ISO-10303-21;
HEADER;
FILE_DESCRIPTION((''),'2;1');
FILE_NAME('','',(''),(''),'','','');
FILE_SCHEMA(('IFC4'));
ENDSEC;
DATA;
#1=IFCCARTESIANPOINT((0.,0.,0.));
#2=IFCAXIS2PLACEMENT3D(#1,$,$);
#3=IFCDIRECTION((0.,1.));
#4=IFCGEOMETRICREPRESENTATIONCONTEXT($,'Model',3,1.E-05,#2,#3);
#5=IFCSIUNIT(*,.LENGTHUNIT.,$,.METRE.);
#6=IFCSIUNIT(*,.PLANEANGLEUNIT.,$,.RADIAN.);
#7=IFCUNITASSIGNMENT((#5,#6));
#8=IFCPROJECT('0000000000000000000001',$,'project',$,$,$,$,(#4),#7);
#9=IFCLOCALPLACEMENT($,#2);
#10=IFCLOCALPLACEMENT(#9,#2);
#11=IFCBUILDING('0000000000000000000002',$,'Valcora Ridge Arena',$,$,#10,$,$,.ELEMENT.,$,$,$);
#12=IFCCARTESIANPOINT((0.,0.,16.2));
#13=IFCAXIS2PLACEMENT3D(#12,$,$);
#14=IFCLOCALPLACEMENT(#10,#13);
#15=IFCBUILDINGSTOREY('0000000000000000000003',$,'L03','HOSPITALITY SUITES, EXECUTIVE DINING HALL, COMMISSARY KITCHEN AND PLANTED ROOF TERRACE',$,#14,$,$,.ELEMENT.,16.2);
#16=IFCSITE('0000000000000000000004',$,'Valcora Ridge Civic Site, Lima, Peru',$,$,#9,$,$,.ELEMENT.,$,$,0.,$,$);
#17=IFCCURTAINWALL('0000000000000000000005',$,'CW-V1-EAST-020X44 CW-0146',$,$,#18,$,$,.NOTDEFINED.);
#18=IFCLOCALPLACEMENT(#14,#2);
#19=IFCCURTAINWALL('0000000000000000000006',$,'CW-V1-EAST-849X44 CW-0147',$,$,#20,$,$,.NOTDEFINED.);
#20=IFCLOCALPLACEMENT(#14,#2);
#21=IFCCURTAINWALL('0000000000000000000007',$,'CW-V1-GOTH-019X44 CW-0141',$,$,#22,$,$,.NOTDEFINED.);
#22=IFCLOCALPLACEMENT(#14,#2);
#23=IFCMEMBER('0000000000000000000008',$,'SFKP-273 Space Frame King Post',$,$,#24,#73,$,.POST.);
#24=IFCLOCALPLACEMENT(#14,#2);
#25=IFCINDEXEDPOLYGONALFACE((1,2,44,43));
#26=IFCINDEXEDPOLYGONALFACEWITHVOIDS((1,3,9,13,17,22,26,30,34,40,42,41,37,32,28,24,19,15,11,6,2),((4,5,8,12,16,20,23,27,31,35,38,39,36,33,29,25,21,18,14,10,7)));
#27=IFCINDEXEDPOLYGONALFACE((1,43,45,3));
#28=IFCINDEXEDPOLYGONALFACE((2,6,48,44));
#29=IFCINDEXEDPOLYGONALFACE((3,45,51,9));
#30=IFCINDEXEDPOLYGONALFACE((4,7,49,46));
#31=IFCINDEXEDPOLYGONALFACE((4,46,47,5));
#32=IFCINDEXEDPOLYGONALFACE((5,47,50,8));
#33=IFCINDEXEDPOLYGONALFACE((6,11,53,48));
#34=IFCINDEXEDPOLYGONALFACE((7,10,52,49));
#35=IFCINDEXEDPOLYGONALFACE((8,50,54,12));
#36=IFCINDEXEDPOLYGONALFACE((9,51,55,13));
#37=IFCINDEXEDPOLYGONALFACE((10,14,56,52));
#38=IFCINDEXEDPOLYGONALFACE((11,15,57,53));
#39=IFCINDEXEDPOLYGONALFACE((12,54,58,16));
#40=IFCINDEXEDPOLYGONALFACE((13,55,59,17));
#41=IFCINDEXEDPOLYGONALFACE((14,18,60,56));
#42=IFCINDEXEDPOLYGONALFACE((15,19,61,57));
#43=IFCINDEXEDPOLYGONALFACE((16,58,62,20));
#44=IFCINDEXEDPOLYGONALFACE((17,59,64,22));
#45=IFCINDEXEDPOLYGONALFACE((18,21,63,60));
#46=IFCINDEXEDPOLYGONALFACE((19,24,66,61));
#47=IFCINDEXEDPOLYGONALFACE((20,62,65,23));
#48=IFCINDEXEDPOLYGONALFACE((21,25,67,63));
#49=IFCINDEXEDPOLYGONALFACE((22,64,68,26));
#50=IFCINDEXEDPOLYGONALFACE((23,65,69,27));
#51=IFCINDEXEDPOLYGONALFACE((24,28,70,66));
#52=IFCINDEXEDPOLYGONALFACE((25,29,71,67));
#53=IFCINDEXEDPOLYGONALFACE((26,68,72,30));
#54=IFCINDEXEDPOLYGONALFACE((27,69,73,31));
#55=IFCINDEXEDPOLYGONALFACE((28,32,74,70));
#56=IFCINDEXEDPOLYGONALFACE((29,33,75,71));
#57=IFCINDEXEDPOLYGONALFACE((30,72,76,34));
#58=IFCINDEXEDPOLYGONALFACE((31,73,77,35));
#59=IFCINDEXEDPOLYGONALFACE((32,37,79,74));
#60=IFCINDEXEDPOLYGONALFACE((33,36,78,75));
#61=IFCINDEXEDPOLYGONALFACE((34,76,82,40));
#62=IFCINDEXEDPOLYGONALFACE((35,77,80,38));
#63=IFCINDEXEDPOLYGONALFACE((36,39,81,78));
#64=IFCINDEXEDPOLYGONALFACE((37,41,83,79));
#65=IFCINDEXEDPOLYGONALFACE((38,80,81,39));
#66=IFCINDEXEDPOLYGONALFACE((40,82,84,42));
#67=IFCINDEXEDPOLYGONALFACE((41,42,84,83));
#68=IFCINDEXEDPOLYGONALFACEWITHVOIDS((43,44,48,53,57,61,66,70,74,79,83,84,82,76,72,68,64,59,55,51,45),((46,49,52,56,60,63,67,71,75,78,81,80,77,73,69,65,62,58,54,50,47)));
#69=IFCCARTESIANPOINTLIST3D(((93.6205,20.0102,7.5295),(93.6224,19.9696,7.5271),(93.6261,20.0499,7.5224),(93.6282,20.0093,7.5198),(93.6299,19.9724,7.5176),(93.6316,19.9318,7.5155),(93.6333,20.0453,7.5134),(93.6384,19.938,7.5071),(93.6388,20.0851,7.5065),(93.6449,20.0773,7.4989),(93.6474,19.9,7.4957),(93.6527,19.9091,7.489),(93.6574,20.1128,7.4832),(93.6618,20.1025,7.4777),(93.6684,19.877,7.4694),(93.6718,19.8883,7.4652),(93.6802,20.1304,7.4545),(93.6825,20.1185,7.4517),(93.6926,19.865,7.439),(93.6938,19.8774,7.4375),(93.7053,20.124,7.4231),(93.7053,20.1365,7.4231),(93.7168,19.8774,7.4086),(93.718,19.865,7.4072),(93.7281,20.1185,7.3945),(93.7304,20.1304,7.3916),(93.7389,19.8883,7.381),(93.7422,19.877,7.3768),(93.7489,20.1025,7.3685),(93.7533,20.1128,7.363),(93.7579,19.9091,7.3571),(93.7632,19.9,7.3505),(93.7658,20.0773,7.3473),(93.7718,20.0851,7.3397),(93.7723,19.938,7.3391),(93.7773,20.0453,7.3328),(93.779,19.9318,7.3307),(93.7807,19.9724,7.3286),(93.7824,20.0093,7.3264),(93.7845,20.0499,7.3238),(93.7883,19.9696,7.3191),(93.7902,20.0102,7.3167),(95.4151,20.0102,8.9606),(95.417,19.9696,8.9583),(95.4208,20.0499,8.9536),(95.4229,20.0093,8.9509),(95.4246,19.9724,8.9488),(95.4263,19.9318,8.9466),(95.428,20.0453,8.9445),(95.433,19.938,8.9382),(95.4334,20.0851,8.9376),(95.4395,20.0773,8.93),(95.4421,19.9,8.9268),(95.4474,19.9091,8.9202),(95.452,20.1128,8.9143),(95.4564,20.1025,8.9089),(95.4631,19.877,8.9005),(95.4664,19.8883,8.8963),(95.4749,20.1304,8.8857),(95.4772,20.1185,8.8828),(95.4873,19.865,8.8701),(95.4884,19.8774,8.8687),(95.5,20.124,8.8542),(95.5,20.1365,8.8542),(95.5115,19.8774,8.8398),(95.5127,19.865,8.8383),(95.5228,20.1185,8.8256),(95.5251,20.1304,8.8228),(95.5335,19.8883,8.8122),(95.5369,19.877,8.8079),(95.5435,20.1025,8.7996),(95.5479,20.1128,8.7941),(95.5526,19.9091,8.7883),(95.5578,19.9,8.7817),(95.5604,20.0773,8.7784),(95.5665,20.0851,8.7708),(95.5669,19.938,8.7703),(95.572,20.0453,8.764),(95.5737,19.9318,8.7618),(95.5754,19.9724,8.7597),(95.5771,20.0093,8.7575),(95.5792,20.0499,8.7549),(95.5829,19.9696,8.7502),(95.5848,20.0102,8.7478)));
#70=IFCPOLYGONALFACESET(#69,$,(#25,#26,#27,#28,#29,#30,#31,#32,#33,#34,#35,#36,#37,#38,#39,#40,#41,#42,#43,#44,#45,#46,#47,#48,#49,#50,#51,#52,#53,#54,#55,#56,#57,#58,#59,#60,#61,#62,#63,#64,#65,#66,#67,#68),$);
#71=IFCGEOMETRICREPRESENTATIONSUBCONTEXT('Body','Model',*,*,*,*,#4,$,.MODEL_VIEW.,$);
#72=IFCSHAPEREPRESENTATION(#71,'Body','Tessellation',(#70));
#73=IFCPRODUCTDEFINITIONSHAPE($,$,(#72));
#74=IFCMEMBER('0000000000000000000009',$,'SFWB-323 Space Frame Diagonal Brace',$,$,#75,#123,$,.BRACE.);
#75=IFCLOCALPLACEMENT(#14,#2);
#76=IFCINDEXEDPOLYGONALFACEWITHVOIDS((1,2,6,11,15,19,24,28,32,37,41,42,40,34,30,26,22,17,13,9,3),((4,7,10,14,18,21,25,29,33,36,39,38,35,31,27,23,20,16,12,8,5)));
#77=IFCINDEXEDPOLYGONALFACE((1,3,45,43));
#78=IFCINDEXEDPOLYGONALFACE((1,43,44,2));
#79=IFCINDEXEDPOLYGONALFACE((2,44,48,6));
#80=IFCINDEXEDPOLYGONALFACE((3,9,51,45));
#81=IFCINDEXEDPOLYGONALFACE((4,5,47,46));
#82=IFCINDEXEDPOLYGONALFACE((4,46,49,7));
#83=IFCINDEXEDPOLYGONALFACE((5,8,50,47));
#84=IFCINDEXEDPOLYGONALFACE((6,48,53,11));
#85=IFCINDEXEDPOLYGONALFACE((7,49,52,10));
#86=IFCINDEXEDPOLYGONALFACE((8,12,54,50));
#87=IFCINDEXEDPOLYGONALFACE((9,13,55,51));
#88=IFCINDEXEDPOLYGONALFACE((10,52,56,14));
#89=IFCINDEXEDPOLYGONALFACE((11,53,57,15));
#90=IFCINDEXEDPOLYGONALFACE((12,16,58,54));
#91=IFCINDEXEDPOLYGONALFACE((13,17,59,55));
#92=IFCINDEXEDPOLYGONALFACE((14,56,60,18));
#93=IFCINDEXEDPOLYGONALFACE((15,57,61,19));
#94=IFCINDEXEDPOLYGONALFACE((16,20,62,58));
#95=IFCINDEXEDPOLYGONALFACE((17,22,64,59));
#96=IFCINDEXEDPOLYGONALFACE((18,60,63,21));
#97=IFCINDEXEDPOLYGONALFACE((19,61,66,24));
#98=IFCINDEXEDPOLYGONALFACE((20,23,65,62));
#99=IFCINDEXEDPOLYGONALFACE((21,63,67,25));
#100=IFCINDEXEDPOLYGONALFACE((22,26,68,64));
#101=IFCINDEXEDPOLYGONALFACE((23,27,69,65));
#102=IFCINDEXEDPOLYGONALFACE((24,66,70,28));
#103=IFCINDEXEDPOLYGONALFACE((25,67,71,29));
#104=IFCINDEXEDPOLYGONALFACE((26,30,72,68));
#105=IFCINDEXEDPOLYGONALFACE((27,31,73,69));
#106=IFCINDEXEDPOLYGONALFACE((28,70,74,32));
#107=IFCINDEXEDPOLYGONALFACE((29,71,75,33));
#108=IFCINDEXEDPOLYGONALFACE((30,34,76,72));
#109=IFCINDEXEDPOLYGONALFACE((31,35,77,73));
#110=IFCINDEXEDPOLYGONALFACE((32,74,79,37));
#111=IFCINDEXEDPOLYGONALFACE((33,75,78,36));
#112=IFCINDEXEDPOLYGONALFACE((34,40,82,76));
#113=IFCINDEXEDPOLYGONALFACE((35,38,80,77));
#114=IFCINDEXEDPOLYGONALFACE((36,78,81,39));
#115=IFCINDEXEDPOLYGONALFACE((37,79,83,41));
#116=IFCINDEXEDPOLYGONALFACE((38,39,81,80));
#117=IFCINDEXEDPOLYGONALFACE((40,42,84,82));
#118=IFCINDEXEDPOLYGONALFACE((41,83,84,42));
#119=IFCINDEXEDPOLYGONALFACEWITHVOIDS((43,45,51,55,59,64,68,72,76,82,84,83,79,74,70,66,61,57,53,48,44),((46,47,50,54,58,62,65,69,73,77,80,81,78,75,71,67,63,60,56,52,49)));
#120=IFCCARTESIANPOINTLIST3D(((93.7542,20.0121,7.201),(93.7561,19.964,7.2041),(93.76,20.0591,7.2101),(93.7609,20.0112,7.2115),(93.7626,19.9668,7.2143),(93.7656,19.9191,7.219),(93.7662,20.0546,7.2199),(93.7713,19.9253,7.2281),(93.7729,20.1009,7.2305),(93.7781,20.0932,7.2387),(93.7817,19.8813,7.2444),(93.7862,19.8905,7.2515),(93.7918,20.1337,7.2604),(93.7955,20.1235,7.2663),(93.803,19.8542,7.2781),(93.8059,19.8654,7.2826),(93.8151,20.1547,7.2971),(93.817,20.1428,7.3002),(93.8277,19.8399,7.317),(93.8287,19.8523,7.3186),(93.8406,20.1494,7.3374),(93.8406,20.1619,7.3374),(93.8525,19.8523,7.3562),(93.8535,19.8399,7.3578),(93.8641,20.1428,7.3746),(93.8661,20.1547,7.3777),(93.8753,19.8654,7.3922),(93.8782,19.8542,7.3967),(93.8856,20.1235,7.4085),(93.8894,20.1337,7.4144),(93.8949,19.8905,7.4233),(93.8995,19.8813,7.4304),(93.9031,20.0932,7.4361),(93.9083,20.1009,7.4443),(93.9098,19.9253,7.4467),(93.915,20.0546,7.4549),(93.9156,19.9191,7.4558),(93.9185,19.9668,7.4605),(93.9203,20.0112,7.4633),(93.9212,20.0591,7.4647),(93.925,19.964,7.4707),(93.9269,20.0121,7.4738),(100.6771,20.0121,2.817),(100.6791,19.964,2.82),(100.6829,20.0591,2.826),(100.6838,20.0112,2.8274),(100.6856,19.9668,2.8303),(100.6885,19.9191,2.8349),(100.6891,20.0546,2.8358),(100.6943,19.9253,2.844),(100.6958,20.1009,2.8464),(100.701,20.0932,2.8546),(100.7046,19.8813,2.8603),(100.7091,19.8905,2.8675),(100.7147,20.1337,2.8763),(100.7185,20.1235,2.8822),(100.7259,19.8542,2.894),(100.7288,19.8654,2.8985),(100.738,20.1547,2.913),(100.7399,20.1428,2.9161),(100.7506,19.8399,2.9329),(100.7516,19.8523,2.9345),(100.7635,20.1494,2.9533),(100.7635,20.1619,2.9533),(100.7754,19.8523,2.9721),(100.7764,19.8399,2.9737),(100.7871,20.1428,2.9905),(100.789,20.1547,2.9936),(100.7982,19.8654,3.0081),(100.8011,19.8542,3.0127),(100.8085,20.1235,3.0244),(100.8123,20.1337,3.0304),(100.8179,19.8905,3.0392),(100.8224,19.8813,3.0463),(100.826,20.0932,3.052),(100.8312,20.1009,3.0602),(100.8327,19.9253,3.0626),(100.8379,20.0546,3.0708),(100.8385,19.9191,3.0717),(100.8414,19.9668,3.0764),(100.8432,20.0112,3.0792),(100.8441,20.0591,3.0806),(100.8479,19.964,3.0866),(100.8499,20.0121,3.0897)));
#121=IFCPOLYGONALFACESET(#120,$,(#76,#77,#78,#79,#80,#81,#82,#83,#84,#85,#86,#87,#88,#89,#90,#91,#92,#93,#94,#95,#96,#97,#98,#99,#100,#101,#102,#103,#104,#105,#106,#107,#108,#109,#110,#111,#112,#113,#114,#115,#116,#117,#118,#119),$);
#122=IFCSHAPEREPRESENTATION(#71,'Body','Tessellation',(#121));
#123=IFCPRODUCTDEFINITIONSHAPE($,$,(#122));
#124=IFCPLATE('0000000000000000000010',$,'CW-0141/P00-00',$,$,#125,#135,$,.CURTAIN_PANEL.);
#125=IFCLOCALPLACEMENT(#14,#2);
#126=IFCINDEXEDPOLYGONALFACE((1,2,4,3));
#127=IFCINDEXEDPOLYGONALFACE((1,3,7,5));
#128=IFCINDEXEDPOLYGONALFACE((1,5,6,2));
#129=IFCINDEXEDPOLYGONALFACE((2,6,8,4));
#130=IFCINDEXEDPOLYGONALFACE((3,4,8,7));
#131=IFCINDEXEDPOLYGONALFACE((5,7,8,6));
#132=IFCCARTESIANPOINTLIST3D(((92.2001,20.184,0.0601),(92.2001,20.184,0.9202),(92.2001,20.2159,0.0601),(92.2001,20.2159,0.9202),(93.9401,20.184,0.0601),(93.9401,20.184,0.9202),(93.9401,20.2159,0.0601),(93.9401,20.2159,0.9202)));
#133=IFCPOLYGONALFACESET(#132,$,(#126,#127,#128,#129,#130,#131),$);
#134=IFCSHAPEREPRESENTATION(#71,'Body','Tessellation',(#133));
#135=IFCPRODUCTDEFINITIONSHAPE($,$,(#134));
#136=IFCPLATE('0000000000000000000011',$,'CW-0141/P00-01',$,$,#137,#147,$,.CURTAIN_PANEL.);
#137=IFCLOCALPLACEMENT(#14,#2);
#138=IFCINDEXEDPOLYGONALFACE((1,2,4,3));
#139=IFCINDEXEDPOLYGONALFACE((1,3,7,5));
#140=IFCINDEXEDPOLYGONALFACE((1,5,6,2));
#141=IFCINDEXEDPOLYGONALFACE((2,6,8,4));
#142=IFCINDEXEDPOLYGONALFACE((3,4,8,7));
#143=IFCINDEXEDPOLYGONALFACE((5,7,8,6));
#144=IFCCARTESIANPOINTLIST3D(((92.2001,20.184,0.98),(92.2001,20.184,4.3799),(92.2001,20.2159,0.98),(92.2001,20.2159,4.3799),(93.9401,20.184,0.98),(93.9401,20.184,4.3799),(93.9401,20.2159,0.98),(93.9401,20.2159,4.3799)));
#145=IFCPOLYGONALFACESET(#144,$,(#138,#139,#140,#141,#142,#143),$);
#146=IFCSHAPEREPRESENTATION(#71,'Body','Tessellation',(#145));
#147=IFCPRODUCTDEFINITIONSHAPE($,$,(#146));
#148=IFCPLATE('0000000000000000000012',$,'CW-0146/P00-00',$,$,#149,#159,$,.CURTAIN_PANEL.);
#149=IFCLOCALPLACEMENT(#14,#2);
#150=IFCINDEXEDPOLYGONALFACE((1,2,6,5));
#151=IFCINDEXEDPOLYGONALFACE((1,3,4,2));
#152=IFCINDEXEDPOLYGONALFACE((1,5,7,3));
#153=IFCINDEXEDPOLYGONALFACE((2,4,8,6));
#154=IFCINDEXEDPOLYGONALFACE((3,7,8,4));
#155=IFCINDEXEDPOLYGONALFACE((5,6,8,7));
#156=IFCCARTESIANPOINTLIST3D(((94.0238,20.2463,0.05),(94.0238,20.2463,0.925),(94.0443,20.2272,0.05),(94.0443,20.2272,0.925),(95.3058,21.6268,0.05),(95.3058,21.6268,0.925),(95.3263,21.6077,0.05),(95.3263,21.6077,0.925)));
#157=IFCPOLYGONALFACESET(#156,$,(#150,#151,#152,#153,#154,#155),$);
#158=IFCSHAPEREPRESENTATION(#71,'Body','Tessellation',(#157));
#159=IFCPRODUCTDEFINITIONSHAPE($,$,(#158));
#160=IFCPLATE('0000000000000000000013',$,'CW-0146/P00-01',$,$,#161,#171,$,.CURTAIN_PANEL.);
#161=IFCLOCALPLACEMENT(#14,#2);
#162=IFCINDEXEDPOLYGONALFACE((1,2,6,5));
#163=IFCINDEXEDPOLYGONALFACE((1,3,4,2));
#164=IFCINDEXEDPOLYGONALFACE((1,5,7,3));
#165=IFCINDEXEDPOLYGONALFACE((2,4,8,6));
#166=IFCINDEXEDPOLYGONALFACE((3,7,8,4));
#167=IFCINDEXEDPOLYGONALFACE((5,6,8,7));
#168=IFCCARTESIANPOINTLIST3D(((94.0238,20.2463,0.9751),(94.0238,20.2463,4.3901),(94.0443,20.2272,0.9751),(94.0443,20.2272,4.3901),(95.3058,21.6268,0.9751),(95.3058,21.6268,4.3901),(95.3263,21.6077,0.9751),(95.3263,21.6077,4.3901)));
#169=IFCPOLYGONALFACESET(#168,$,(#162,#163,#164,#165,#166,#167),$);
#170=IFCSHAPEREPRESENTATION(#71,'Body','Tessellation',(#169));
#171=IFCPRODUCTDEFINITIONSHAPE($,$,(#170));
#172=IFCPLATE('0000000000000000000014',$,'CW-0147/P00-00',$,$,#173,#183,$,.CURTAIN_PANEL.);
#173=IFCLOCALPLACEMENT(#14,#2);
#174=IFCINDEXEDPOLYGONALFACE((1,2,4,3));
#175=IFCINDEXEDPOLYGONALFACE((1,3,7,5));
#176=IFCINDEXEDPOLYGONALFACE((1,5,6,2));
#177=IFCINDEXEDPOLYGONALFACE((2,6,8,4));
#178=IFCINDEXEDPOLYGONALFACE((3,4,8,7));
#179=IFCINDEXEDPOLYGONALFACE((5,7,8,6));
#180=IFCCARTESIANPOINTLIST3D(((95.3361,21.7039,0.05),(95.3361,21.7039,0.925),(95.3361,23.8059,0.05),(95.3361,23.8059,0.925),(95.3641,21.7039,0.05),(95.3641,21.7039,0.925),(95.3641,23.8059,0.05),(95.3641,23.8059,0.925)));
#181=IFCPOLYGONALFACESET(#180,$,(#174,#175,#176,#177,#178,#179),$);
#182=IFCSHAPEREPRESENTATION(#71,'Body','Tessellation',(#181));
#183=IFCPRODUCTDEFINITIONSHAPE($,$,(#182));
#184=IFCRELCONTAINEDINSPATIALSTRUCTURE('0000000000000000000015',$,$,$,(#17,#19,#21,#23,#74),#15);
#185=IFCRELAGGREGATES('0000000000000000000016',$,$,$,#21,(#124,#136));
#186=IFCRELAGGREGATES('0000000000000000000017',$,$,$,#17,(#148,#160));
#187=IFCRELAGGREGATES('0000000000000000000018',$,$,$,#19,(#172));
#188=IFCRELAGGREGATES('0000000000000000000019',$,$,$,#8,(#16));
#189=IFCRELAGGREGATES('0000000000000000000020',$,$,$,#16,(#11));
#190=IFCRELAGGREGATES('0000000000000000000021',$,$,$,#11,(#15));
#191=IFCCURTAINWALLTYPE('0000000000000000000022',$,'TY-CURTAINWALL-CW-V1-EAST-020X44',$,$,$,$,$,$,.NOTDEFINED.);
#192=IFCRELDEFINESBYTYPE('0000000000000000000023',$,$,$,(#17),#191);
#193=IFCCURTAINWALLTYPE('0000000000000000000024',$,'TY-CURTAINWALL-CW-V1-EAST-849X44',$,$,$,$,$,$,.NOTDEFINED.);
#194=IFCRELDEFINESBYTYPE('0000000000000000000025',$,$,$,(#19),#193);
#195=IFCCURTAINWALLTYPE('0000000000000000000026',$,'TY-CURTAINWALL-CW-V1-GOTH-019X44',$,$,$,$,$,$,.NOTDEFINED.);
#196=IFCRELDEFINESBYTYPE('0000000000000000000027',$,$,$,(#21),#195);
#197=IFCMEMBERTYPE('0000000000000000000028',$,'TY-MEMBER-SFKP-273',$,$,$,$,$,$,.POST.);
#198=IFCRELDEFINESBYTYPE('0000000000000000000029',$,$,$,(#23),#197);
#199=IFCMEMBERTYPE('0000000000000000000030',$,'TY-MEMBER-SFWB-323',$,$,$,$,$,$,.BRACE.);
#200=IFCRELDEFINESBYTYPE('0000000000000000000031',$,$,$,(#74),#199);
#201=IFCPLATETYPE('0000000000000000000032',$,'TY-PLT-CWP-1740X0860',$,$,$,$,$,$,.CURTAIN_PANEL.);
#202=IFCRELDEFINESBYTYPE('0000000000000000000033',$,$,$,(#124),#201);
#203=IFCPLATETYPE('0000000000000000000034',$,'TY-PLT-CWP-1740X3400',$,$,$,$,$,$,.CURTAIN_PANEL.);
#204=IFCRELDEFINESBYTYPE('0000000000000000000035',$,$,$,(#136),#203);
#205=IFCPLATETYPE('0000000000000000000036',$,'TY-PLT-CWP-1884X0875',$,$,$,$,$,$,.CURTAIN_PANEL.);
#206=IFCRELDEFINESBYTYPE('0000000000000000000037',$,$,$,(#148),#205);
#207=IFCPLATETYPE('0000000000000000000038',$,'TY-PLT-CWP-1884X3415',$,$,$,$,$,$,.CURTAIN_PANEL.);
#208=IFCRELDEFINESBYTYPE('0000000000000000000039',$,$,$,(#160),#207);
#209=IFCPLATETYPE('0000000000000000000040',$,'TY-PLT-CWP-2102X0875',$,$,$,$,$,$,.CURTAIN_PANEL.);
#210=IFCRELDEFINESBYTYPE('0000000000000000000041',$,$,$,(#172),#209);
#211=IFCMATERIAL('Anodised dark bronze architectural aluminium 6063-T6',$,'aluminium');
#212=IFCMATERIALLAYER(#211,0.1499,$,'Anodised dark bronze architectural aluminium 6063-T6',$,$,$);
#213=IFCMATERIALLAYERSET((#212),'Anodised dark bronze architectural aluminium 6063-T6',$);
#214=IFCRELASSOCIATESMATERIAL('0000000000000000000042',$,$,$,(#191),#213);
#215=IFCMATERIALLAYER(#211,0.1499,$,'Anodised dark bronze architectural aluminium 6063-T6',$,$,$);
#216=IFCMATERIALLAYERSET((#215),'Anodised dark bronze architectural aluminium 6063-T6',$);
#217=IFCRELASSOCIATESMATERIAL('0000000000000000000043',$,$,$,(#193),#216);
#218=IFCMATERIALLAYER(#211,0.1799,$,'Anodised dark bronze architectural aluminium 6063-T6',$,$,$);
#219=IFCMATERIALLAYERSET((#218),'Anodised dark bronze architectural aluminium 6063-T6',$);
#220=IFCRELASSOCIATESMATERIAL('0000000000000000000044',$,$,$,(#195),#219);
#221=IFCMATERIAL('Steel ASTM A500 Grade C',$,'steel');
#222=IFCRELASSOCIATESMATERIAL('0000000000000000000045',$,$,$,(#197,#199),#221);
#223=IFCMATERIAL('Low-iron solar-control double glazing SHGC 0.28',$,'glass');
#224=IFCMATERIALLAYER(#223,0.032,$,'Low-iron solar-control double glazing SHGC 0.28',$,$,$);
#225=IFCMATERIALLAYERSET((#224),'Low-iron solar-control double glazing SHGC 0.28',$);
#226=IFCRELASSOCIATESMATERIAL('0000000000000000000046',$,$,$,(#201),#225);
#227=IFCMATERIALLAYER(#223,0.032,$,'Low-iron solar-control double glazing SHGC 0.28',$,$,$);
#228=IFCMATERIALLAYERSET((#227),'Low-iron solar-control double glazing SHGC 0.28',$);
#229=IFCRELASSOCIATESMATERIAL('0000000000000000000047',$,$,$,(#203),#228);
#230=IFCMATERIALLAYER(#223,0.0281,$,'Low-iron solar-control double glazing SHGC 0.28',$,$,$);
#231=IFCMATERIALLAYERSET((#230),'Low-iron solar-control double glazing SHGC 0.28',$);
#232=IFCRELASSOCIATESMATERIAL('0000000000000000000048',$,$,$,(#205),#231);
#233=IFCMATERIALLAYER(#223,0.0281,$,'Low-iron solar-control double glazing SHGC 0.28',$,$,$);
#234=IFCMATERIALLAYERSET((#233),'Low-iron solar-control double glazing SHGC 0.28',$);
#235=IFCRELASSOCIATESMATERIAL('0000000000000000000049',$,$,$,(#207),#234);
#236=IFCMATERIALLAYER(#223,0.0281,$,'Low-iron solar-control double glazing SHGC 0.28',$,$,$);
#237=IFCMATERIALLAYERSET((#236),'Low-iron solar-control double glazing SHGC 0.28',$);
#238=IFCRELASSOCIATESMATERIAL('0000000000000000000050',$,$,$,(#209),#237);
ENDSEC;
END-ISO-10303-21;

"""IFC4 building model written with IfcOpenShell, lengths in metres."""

from ifc_helpers import new_model, si_unit, direction, frame, origin, origin_2d, place, context, subcontext, project, spatial, rectangle, hollow_circle, extrude, material, layer, layer_set, material_profile, profile_set, type_object, element, aggregate, save


model = new_model("IFC4")

# Units and contexts
model_context = context("Model", 3, precision=1e-05, world=origin(), true_north=direction((0.0, 1.0)))
body_context = subcontext(model_context, "Body", "Model", "MODEL_VIEW")
ifc_project = project(units=[si_unit("LENGTHUNIT", "METRE"), si_unit("PLANEANGLEUNIT", "RADIAN")], contexts=[model_context])

# Site, building, storey
site_placement = place(None, origin())
site = spatial("IfcSite", under=ifc_project, at=site_placement, Name="Valcora Ridge Civic Site, Lima, Peru", CompositionType="ELEMENT", RefElevation=0.0)
building_placement = place(site_placement, origin())
building = spatial("IfcBuilding", under=site, at=building_placement, Name="Valcora Ridge Arena", CompositionType="ELEMENT")
storey_placement = place(building_placement, frame((0.0, 0.0, 16.2)))
storey = spatial("IfcBuildingStorey", under=building, at=storey_placement, Name="L03", Description="HOSPITALITY SUITES, EXECUTIVE DINING HALL, COMMISSARY KITCHEN AND PLANTED ROOF TERRACE", CompositionType="ELEMENT", Elevation=16.2)

# Curtain walls
ifc_material_1 = material(Name="Anodised dark bronze architectural aluminium 6063-T6", Category="aluminium")
ifc_layer_1 = layer(ifc_material_1, 0.1499, Name="Anodised dark bronze architectural aluminium 6063-T6")
ifc_layer_set_1 = layer_set([ifc_layer_1], Name="Anodised dark bronze architectural aluminium 6063-T6")
curtain_wall_type_1 = type_object("IfcCurtainWallType", Name="TY-CURTAINWALL-CW-V1-EAST-020X44", PredefinedType="NOTDEFINED", material=ifc_layer_set_1)
curtain_wall_1_placement = place(storey_placement, origin())
curtain_wall_1 = element("IfcCurtainWall", 1, at=curtain_wall_1_placement, inside=storey, type_object=curtain_wall_type_1, Name="CW-V1-EAST-020X44 CW-0146", PredefinedType="NOTDEFINED")
ifc_layer_2 = layer(ifc_material_1, 0.1499, Name="Anodised dark bronze architectural aluminium 6063-T6")
ifc_layer_set_2 = layer_set([ifc_layer_2], Name="Anodised dark bronze architectural aluminium 6063-T6")
curtain_wall_type_2 = type_object("IfcCurtainWallType", Name="TY-CURTAINWALL-CW-V1-EAST-849X44", PredefinedType="NOTDEFINED", material=ifc_layer_set_2)
curtain_wall_2_placement = place(storey_placement, origin())
curtain_wall_2 = element("IfcCurtainWall", 2, at=curtain_wall_2_placement, inside=storey, type_object=curtain_wall_type_2, Name="CW-V1-EAST-849X44 CW-0147", PredefinedType="NOTDEFINED")

# Curtain wall
ifc_layer_3 = layer(ifc_material_1, 0.1799, Name="Anodised dark bronze architectural aluminium 6063-T6")
ifc_layer_set_3 = layer_set([ifc_layer_3], Name="Anodised dark bronze architectural aluminium 6063-T6")
curtain_wall_type_3 = type_object("IfcCurtainWallType", Name="TY-CURTAINWALL-CW-V1-GOTH-019X44", PredefinedType="NOTDEFINED", material=ifc_layer_set_3)
curtain_wall_3_placement = place(storey_placement, origin())
curtain_wall_3 = element("IfcCurtainWall", 3, at=curtain_wall_3_placement, inside=storey, type_object=curtain_wall_type_3, Name="CW-V1-GOTH-019X44 CW-0141", PredefinedType="NOTDEFINED")

# Members
ifc_material_2 = material(Name="Steel ASTM A500 Grade C", Category="steel")
ifc_material_profile_1 = material_profile(ifc_material_2, hollow_circle(Radius=0.1365, WallThickness=0.0125, at=origin_2d()), Name="CHS273X12")
ifc_profile_set_1 = profile_set([ifc_material_profile_1], Name="Steel ASTM A500 Grade C")
member_type_1 = type_object("IfcMemberType", Name="TY-MEMBER-SFKP-273", PredefinedType="POST", material=ifc_profile_set_1)
member_1_placement = place(storey_placement, frame((93.7053, 20.0, 7.4231), z_axis=(0.781843, 0.0, 0.623475), x_axis=(0.0, 1.0, 0.0)))
element("IfcMember", 4, at=member_1_placement, inside=storey, type_object=member_type_1, Name="SFKP-273 Space Frame King Post", PredefinedType="POST", context=body_context, shape_type="SweptSolid", body=[
    extrude(hollow_circle(Radius=0.1365, WallThickness=0.0125, at=origin_2d()), origin(), (0.0, 0.0, 1.0), 2.2954),
])
ifc_material_profile_2 = material_profile(ifc_material_2, hollow_circle(Radius=0.1619, WallThickness=0.0125, at=origin_2d()), Name="CHS323X12")
ifc_profile_set_2 = profile_set([ifc_material_profile_2], Name="Steel ASTM A500 Grade C")
member_type_2 = type_object("IfcMemberType", Name="TY-MEMBER-SFWB-323", PredefinedType="BRACE", material=ifc_profile_set_2)
member_2_placement = place(storey_placement, frame((93.8406, 20.0, 7.3374), z_axis=(0.844843, 0.0, -0.535014), x_axis=(0.0, 1.0, 0.0)))
element("IfcMember", 5, at=member_2_placement, inside=storey, type_object=member_type_2, Name="SFWB-323 Space Frame Diagonal Brace", PredefinedType="BRACE", context=body_context, shape_type="SweptSolid", body=[
    extrude(hollow_circle(Radius=0.1619, WallThickness=0.0125, at=origin_2d()), origin(), (0.0, 0.0, 1.0), 8.1943),
])

# Plates
ifc_material_3 = material(Name="Low-iron solar-control double glazing SHGC 0.28", Category="glass")
ifc_layer_4 = layer(ifc_material_3, 0.032, Name="Low-iron solar-control double glazing SHGC 0.28")
ifc_layer_set_4 = layer_set([ifc_layer_4], Name="Low-iron solar-control double glazing SHGC 0.28")
plate_type_1 = type_object("IfcPlateType", Name="TY-PLT-CWP-1740X0860", PredefinedType="CURTAIN_PANEL", material=ifc_layer_set_4)
plate_1_placement = place(storey_placement, frame((93.0701, 20.2, 0.0601), z_axis=(0.0, 0.0, 1.0), x_axis=(1.0, 0.0, 0.0)))
plate_1 = element("IfcPlate", 6, at=plate_1_placement, type_object=plate_type_1, Name="CW-0141/P00-00", PredefinedType="CURTAIN_PANEL", context=body_context, shape_type="SweptSolid", body=[
    extrude(rectangle(XDim=1.74, YDim=0.032, at=origin_2d()), origin(), (0.0, 0.0, 1.0), 0.8601),
])
ifc_layer_5 = layer(ifc_material_3, 0.032, Name="Low-iron solar-control double glazing SHGC 0.28")
ifc_layer_set_5 = layer_set([ifc_layer_5], Name="Low-iron solar-control double glazing SHGC 0.28")
plate_type_2 = type_object("IfcPlateType", Name="TY-PLT-CWP-1740X3400", PredefinedType="CURTAIN_PANEL", material=ifc_layer_set_5)
plate_2_placement = place(storey_placement, frame((93.0701, 20.2, 0.98), z_axis=(0.0, 0.0, 1.0), x_axis=(1.0, 0.0, 0.0)))
plate_2 = element("IfcPlate", 7, at=plate_2_placement, type_object=plate_type_2, Name="CW-0141/P00-01", PredefinedType="CURTAIN_PANEL", context=body_context, shape_type="SweptSolid", body=[
    extrude(rectangle(XDim=1.74, YDim=0.032, at=origin_2d()), origin(), (0.0, 0.0, 1.0), 3.3999),
])
aggregate(curtain_wall_3, [plate_1, plate_2])
ifc_layer_6 = layer(ifc_material_3, 0.0281, Name="Low-iron solar-control double glazing SHGC 0.28")
ifc_layer_set_6 = layer_set([ifc_layer_6], Name="Low-iron solar-control double glazing SHGC 0.28")
plate_type_3 = type_object("IfcPlateType", Name="TY-PLT-CWP-1884X0875", PredefinedType="CURTAIN_PANEL", material=ifc_layer_set_6)
plate_3_placement = place(storey_placement, frame((94.675, 20.927, 0.05), z_axis=(0.0, 0.0, 1.0), x_axis=(0.680463, 0.732783, 0.0)))
plate_3 = element("IfcPlate", 8, at=plate_3_placement, type_object=plate_type_3, Name="CW-0146/P00-00", PredefinedType="CURTAIN_PANEL", context=body_context, shape_type="SweptSolid", body=[
    extrude(rectangle(XDim=1.884, YDim=0.0281, at=origin_2d()), origin(), (0.0, 0.0, 1.0), 0.875),
])
ifc_layer_7 = layer(ifc_material_3, 0.0281, Name="Low-iron solar-control double glazing SHGC 0.28")
ifc_layer_set_7 = layer_set([ifc_layer_7], Name="Low-iron solar-control double glazing SHGC 0.28")
plate_type_4 = type_object("IfcPlateType", Name="TY-PLT-CWP-1884X3415", PredefinedType="CURTAIN_PANEL", material=ifc_layer_set_7)
plate_4_placement = place(storey_placement, frame((94.675, 20.927, 0.9751), z_axis=(0.0, 0.0, 1.0), x_axis=(0.680463, 0.732783, 0.0)))
plate_4 = element("IfcPlate", 9, at=plate_4_placement, type_object=plate_type_4, Name="CW-0146/P00-01", PredefinedType="CURTAIN_PANEL", context=body_context, shape_type="SweptSolid", body=[
    extrude(rectangle(XDim=1.884, YDim=0.0281, at=origin_2d()), origin(), (0.0, 0.0, 1.0), 3.415),
])
aggregate(curtain_wall_1, [plate_3, plate_4])
ifc_layer_8 = layer(ifc_material_3, 0.0281, Name="Low-iron solar-control double glazing SHGC 0.28")
ifc_layer_set_8 = layer_set([ifc_layer_8], Name="Low-iron solar-control double glazing SHGC 0.28")
plate_type_5 = type_object("IfcPlateType", Name="TY-PLT-CWP-2102X0875", PredefinedType="CURTAIN_PANEL", material=ifc_layer_set_8)
plate_5_placement = place(storey_placement, frame((95.3501, 22.7549, 0.05), z_axis=(0.0, 0.0, 1.0), x_axis=(0.0, 1.0, 0.0)))
plate_5 = element("IfcPlate", 10, at=plate_5_placement, type_object=plate_type_5, Name="CW-0147/P00-00", PredefinedType="CURTAIN_PANEL", context=body_context, shape_type="SweptSolid", body=[
    extrude(rectangle(XDim=2.1021, YDim=0.0281, at=origin_2d()), origin(), (0.0, 0.0, 1.0), 0.875),
])
aggregate(curtain_wall_2, [plate_5])

save(model, "model.ifc")
